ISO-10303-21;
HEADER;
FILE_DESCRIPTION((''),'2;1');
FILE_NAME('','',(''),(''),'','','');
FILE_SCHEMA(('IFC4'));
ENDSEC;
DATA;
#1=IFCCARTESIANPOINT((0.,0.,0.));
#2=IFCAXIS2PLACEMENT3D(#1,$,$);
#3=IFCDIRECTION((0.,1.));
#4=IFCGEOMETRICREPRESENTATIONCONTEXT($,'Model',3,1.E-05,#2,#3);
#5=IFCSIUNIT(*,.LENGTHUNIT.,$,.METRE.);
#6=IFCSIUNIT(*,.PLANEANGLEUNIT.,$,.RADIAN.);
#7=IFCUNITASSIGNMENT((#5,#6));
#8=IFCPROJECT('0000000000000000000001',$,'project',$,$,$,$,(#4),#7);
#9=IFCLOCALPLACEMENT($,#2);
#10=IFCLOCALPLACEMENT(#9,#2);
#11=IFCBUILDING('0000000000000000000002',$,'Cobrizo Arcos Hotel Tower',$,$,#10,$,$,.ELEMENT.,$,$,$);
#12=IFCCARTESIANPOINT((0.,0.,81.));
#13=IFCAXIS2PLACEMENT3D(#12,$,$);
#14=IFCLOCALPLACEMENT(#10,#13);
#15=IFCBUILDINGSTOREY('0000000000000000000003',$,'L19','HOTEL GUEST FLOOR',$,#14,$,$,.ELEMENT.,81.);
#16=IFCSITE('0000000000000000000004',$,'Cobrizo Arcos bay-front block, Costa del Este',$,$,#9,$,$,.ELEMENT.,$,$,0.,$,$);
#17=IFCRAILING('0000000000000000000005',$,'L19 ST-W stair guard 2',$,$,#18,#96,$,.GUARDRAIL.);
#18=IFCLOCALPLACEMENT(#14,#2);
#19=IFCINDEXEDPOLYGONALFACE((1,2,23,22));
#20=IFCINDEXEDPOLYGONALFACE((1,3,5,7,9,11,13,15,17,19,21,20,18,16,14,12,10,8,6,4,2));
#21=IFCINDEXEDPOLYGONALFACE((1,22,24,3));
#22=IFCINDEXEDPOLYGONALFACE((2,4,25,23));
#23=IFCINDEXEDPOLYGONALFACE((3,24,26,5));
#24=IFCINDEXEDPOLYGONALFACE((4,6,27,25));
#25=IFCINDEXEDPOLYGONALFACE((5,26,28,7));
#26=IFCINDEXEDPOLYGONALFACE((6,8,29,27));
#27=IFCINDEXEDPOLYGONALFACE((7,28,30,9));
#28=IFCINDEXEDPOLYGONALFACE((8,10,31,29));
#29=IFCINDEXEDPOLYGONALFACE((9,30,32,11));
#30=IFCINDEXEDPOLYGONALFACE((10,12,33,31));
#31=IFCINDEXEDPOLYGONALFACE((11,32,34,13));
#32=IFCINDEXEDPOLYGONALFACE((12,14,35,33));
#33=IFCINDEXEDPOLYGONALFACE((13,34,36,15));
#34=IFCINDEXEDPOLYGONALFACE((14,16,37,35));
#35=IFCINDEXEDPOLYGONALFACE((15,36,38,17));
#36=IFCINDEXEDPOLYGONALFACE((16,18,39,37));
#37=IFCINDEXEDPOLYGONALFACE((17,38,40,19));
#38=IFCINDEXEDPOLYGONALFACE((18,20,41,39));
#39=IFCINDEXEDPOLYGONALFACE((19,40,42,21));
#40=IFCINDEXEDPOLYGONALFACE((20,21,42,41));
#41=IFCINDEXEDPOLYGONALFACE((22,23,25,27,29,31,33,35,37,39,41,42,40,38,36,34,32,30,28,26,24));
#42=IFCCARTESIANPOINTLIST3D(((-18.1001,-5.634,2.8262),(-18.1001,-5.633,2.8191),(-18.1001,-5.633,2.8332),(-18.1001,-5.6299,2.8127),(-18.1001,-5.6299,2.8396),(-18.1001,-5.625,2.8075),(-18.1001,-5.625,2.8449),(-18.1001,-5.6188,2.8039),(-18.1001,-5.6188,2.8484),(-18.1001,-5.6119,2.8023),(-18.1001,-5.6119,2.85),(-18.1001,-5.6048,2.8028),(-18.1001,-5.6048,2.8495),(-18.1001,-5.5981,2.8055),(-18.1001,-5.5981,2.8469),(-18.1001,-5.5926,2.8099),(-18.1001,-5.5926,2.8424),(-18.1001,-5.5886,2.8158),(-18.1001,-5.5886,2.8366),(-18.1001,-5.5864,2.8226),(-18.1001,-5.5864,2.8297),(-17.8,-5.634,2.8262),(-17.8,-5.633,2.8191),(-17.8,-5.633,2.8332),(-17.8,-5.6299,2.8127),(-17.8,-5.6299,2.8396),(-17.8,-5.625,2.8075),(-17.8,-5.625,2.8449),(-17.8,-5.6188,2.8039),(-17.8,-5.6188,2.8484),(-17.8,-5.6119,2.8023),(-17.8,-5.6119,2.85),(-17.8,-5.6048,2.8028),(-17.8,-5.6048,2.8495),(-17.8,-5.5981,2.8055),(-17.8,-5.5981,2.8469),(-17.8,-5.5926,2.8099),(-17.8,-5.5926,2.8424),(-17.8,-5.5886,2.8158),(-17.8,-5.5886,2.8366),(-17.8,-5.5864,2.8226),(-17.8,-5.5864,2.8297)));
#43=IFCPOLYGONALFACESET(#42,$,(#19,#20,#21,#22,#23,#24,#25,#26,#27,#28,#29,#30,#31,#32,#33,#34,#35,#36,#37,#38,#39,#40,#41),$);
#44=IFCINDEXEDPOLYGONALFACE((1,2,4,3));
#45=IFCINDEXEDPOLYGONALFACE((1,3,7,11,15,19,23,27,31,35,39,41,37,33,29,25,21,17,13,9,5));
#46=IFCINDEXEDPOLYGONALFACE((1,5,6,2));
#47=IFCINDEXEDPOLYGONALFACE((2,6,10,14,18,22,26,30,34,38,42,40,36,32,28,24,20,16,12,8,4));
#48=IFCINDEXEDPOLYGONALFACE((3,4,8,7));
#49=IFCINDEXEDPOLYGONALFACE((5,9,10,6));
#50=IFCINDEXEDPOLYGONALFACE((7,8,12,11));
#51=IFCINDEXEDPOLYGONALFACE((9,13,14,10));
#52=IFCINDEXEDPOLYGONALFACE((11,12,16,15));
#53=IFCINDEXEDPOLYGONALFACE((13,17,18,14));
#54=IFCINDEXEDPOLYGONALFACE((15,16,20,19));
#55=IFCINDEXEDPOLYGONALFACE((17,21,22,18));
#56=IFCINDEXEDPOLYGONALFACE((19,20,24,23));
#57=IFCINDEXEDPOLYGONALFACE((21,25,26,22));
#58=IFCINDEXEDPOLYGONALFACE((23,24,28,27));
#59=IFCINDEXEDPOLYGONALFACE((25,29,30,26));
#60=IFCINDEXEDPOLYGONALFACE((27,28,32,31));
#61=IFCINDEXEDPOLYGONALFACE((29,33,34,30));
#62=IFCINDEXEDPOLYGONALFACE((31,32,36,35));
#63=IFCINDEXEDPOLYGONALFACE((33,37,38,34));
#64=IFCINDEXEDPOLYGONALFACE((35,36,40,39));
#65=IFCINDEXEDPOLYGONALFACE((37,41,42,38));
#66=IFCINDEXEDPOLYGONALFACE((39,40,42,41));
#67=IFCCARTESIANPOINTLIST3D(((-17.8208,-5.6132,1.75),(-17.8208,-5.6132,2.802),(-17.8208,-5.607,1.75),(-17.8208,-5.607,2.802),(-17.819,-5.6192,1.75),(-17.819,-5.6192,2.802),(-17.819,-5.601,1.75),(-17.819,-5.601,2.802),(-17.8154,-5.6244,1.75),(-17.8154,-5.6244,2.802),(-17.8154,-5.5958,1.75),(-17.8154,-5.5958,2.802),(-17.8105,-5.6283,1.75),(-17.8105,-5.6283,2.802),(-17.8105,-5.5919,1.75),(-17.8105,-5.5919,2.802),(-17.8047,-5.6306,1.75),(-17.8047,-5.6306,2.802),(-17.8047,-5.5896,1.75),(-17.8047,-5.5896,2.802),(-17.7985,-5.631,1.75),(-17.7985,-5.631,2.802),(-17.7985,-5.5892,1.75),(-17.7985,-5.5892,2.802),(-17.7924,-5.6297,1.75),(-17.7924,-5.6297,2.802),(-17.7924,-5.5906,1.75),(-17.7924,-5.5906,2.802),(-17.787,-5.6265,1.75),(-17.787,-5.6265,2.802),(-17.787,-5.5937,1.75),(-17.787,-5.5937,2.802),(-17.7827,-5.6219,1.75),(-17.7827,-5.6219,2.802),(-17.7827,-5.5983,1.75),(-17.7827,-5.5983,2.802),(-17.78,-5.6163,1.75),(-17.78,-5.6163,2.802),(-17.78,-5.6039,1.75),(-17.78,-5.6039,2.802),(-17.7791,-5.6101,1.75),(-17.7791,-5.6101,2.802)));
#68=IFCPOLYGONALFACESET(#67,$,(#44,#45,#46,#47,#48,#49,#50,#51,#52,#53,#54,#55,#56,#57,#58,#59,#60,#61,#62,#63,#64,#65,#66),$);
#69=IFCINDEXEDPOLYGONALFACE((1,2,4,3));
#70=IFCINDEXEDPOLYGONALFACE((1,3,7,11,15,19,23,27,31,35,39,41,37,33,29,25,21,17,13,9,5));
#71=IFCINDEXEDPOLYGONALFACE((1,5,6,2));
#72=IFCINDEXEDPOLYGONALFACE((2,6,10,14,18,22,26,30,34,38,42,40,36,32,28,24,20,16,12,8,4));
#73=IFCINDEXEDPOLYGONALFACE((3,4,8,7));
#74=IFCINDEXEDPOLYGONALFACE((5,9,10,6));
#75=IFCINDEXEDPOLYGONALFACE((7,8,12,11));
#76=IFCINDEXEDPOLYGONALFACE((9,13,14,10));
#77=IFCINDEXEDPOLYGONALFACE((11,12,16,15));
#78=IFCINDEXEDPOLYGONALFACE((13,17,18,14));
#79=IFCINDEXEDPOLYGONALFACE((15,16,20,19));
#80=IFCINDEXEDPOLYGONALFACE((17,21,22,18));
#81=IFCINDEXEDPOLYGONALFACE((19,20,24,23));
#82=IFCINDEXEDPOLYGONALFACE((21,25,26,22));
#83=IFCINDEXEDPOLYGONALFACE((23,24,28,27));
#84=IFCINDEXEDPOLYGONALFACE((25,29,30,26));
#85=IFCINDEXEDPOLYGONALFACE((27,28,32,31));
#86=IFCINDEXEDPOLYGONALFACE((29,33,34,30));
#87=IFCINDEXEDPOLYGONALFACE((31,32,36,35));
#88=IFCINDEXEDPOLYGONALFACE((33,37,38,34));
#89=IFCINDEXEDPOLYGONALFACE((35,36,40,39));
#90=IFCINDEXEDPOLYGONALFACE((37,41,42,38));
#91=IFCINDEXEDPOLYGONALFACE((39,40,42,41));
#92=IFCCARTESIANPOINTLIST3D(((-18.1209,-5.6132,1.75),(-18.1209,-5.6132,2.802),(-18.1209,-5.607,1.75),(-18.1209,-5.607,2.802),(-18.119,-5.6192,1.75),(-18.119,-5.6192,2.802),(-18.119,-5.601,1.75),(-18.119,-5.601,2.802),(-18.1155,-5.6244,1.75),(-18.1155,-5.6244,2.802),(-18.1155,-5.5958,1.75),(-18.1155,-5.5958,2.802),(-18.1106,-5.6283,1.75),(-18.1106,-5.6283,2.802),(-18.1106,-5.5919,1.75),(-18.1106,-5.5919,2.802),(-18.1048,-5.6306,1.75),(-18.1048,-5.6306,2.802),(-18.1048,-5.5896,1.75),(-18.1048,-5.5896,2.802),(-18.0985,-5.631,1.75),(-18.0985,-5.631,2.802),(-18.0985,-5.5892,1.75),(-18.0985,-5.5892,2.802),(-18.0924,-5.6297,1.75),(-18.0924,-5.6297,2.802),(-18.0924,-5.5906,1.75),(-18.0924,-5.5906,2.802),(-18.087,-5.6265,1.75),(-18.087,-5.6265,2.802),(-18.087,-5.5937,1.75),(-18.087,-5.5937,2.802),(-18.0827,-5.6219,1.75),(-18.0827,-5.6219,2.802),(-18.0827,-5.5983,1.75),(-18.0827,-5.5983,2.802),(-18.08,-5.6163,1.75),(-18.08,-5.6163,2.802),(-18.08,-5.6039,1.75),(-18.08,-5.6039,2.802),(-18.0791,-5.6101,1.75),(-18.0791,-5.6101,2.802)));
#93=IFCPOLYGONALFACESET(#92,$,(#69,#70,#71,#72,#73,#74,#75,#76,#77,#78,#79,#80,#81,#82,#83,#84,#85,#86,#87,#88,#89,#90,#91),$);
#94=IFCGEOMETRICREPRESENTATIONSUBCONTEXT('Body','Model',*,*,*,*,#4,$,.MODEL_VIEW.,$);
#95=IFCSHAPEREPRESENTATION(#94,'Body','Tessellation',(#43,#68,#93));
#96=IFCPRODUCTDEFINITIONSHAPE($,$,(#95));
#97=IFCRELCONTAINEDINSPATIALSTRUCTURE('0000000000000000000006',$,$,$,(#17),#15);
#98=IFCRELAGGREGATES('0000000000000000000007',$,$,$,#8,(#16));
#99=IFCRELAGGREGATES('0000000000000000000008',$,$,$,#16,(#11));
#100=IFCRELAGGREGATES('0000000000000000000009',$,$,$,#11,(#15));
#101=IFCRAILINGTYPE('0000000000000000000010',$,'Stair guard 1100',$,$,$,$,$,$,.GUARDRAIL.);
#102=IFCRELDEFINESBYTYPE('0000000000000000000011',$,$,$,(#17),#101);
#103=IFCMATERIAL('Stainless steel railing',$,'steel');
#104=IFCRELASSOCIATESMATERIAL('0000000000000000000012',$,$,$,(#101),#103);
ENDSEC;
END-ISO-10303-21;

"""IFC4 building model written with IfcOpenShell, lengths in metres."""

from ifc_helpers import new_model, si_unit, direction, frame, origin, origin_2d, place, context, subcontext, project, spatial, circle, extrude, material, type_object, element, save


model = new_model("IFC4")

# Units and contexts
model_context = context("Model", 3, precision=1e-05, world=origin(), true_north=direction((0.0, 1.0)))
body_context = subcontext(model_context, "Body", "Model", "MODEL_VIEW")
ifc_project = project(units=[si_unit("LENGTHUNIT", "METRE"), si_unit("PLANEANGLEUNIT", "RADIAN")], contexts=[model_context])

# Site, building, storey
site_placement = place(None, origin())
site = spatial("IfcSite", under=ifc_project, at=site_placement, Name="Cobrizo Arcos bay-front block, Costa del Este", CompositionType="ELEMENT", RefElevation=0.0)
building_placement = place(site_placement, origin())
building = spatial("IfcBuilding", under=site, at=building_placement, Name="Cobrizo Arcos Hotel Tower", CompositionType="ELEMENT")
storey_placement = place(building_placement, frame((0.0, 0.0, 81.0)))
storey = spatial("IfcBuildingStorey", under=building, at=storey_placement, Name="L19", Description="HOTEL GUEST FLOOR", CompositionType="ELEMENT", Elevation=81.0)

# Railing
ifc_material_1 = material(Name="Stainless steel railing", Category="steel")
railing_type_1 = type_object("IfcRailingType", Name="Stair guard 1100", PredefinedType="GUARDRAIL", material=ifc_material_1)
railing_1_placement = place(storey_placement, frame((-17.8, -5.6101, 1.75)))
element("IfcRailing", 1, at=railing_1_placement, inside=storey, type_object=railing_type_1, Name="L19 ST-W stair guard 2", PredefinedType="GUARDRAIL", context=body_context, shape_type="SweptSolid", body=[
    extrude(circle(Radius=0.0239, at=origin_2d()), frame((0.0, 0.0, 1.0762), z_axis=(-1.0, 0.0, 0.0), x_axis=(0.0, -1.0, 0.0)), (0.0, 0.0, 1.0), 0.3),
    extrude(circle(Radius=0.021, at=origin_2d()), origin(), (0.0, 0.0, 1.0), 1.052),
    extrude(circle(Radius=0.021, at=origin_2d()), frame((-0.3, 0.0, 0.0)), (0.0, 0.0, 1.0), 1.052),
])

save(model, "model.ifc")
